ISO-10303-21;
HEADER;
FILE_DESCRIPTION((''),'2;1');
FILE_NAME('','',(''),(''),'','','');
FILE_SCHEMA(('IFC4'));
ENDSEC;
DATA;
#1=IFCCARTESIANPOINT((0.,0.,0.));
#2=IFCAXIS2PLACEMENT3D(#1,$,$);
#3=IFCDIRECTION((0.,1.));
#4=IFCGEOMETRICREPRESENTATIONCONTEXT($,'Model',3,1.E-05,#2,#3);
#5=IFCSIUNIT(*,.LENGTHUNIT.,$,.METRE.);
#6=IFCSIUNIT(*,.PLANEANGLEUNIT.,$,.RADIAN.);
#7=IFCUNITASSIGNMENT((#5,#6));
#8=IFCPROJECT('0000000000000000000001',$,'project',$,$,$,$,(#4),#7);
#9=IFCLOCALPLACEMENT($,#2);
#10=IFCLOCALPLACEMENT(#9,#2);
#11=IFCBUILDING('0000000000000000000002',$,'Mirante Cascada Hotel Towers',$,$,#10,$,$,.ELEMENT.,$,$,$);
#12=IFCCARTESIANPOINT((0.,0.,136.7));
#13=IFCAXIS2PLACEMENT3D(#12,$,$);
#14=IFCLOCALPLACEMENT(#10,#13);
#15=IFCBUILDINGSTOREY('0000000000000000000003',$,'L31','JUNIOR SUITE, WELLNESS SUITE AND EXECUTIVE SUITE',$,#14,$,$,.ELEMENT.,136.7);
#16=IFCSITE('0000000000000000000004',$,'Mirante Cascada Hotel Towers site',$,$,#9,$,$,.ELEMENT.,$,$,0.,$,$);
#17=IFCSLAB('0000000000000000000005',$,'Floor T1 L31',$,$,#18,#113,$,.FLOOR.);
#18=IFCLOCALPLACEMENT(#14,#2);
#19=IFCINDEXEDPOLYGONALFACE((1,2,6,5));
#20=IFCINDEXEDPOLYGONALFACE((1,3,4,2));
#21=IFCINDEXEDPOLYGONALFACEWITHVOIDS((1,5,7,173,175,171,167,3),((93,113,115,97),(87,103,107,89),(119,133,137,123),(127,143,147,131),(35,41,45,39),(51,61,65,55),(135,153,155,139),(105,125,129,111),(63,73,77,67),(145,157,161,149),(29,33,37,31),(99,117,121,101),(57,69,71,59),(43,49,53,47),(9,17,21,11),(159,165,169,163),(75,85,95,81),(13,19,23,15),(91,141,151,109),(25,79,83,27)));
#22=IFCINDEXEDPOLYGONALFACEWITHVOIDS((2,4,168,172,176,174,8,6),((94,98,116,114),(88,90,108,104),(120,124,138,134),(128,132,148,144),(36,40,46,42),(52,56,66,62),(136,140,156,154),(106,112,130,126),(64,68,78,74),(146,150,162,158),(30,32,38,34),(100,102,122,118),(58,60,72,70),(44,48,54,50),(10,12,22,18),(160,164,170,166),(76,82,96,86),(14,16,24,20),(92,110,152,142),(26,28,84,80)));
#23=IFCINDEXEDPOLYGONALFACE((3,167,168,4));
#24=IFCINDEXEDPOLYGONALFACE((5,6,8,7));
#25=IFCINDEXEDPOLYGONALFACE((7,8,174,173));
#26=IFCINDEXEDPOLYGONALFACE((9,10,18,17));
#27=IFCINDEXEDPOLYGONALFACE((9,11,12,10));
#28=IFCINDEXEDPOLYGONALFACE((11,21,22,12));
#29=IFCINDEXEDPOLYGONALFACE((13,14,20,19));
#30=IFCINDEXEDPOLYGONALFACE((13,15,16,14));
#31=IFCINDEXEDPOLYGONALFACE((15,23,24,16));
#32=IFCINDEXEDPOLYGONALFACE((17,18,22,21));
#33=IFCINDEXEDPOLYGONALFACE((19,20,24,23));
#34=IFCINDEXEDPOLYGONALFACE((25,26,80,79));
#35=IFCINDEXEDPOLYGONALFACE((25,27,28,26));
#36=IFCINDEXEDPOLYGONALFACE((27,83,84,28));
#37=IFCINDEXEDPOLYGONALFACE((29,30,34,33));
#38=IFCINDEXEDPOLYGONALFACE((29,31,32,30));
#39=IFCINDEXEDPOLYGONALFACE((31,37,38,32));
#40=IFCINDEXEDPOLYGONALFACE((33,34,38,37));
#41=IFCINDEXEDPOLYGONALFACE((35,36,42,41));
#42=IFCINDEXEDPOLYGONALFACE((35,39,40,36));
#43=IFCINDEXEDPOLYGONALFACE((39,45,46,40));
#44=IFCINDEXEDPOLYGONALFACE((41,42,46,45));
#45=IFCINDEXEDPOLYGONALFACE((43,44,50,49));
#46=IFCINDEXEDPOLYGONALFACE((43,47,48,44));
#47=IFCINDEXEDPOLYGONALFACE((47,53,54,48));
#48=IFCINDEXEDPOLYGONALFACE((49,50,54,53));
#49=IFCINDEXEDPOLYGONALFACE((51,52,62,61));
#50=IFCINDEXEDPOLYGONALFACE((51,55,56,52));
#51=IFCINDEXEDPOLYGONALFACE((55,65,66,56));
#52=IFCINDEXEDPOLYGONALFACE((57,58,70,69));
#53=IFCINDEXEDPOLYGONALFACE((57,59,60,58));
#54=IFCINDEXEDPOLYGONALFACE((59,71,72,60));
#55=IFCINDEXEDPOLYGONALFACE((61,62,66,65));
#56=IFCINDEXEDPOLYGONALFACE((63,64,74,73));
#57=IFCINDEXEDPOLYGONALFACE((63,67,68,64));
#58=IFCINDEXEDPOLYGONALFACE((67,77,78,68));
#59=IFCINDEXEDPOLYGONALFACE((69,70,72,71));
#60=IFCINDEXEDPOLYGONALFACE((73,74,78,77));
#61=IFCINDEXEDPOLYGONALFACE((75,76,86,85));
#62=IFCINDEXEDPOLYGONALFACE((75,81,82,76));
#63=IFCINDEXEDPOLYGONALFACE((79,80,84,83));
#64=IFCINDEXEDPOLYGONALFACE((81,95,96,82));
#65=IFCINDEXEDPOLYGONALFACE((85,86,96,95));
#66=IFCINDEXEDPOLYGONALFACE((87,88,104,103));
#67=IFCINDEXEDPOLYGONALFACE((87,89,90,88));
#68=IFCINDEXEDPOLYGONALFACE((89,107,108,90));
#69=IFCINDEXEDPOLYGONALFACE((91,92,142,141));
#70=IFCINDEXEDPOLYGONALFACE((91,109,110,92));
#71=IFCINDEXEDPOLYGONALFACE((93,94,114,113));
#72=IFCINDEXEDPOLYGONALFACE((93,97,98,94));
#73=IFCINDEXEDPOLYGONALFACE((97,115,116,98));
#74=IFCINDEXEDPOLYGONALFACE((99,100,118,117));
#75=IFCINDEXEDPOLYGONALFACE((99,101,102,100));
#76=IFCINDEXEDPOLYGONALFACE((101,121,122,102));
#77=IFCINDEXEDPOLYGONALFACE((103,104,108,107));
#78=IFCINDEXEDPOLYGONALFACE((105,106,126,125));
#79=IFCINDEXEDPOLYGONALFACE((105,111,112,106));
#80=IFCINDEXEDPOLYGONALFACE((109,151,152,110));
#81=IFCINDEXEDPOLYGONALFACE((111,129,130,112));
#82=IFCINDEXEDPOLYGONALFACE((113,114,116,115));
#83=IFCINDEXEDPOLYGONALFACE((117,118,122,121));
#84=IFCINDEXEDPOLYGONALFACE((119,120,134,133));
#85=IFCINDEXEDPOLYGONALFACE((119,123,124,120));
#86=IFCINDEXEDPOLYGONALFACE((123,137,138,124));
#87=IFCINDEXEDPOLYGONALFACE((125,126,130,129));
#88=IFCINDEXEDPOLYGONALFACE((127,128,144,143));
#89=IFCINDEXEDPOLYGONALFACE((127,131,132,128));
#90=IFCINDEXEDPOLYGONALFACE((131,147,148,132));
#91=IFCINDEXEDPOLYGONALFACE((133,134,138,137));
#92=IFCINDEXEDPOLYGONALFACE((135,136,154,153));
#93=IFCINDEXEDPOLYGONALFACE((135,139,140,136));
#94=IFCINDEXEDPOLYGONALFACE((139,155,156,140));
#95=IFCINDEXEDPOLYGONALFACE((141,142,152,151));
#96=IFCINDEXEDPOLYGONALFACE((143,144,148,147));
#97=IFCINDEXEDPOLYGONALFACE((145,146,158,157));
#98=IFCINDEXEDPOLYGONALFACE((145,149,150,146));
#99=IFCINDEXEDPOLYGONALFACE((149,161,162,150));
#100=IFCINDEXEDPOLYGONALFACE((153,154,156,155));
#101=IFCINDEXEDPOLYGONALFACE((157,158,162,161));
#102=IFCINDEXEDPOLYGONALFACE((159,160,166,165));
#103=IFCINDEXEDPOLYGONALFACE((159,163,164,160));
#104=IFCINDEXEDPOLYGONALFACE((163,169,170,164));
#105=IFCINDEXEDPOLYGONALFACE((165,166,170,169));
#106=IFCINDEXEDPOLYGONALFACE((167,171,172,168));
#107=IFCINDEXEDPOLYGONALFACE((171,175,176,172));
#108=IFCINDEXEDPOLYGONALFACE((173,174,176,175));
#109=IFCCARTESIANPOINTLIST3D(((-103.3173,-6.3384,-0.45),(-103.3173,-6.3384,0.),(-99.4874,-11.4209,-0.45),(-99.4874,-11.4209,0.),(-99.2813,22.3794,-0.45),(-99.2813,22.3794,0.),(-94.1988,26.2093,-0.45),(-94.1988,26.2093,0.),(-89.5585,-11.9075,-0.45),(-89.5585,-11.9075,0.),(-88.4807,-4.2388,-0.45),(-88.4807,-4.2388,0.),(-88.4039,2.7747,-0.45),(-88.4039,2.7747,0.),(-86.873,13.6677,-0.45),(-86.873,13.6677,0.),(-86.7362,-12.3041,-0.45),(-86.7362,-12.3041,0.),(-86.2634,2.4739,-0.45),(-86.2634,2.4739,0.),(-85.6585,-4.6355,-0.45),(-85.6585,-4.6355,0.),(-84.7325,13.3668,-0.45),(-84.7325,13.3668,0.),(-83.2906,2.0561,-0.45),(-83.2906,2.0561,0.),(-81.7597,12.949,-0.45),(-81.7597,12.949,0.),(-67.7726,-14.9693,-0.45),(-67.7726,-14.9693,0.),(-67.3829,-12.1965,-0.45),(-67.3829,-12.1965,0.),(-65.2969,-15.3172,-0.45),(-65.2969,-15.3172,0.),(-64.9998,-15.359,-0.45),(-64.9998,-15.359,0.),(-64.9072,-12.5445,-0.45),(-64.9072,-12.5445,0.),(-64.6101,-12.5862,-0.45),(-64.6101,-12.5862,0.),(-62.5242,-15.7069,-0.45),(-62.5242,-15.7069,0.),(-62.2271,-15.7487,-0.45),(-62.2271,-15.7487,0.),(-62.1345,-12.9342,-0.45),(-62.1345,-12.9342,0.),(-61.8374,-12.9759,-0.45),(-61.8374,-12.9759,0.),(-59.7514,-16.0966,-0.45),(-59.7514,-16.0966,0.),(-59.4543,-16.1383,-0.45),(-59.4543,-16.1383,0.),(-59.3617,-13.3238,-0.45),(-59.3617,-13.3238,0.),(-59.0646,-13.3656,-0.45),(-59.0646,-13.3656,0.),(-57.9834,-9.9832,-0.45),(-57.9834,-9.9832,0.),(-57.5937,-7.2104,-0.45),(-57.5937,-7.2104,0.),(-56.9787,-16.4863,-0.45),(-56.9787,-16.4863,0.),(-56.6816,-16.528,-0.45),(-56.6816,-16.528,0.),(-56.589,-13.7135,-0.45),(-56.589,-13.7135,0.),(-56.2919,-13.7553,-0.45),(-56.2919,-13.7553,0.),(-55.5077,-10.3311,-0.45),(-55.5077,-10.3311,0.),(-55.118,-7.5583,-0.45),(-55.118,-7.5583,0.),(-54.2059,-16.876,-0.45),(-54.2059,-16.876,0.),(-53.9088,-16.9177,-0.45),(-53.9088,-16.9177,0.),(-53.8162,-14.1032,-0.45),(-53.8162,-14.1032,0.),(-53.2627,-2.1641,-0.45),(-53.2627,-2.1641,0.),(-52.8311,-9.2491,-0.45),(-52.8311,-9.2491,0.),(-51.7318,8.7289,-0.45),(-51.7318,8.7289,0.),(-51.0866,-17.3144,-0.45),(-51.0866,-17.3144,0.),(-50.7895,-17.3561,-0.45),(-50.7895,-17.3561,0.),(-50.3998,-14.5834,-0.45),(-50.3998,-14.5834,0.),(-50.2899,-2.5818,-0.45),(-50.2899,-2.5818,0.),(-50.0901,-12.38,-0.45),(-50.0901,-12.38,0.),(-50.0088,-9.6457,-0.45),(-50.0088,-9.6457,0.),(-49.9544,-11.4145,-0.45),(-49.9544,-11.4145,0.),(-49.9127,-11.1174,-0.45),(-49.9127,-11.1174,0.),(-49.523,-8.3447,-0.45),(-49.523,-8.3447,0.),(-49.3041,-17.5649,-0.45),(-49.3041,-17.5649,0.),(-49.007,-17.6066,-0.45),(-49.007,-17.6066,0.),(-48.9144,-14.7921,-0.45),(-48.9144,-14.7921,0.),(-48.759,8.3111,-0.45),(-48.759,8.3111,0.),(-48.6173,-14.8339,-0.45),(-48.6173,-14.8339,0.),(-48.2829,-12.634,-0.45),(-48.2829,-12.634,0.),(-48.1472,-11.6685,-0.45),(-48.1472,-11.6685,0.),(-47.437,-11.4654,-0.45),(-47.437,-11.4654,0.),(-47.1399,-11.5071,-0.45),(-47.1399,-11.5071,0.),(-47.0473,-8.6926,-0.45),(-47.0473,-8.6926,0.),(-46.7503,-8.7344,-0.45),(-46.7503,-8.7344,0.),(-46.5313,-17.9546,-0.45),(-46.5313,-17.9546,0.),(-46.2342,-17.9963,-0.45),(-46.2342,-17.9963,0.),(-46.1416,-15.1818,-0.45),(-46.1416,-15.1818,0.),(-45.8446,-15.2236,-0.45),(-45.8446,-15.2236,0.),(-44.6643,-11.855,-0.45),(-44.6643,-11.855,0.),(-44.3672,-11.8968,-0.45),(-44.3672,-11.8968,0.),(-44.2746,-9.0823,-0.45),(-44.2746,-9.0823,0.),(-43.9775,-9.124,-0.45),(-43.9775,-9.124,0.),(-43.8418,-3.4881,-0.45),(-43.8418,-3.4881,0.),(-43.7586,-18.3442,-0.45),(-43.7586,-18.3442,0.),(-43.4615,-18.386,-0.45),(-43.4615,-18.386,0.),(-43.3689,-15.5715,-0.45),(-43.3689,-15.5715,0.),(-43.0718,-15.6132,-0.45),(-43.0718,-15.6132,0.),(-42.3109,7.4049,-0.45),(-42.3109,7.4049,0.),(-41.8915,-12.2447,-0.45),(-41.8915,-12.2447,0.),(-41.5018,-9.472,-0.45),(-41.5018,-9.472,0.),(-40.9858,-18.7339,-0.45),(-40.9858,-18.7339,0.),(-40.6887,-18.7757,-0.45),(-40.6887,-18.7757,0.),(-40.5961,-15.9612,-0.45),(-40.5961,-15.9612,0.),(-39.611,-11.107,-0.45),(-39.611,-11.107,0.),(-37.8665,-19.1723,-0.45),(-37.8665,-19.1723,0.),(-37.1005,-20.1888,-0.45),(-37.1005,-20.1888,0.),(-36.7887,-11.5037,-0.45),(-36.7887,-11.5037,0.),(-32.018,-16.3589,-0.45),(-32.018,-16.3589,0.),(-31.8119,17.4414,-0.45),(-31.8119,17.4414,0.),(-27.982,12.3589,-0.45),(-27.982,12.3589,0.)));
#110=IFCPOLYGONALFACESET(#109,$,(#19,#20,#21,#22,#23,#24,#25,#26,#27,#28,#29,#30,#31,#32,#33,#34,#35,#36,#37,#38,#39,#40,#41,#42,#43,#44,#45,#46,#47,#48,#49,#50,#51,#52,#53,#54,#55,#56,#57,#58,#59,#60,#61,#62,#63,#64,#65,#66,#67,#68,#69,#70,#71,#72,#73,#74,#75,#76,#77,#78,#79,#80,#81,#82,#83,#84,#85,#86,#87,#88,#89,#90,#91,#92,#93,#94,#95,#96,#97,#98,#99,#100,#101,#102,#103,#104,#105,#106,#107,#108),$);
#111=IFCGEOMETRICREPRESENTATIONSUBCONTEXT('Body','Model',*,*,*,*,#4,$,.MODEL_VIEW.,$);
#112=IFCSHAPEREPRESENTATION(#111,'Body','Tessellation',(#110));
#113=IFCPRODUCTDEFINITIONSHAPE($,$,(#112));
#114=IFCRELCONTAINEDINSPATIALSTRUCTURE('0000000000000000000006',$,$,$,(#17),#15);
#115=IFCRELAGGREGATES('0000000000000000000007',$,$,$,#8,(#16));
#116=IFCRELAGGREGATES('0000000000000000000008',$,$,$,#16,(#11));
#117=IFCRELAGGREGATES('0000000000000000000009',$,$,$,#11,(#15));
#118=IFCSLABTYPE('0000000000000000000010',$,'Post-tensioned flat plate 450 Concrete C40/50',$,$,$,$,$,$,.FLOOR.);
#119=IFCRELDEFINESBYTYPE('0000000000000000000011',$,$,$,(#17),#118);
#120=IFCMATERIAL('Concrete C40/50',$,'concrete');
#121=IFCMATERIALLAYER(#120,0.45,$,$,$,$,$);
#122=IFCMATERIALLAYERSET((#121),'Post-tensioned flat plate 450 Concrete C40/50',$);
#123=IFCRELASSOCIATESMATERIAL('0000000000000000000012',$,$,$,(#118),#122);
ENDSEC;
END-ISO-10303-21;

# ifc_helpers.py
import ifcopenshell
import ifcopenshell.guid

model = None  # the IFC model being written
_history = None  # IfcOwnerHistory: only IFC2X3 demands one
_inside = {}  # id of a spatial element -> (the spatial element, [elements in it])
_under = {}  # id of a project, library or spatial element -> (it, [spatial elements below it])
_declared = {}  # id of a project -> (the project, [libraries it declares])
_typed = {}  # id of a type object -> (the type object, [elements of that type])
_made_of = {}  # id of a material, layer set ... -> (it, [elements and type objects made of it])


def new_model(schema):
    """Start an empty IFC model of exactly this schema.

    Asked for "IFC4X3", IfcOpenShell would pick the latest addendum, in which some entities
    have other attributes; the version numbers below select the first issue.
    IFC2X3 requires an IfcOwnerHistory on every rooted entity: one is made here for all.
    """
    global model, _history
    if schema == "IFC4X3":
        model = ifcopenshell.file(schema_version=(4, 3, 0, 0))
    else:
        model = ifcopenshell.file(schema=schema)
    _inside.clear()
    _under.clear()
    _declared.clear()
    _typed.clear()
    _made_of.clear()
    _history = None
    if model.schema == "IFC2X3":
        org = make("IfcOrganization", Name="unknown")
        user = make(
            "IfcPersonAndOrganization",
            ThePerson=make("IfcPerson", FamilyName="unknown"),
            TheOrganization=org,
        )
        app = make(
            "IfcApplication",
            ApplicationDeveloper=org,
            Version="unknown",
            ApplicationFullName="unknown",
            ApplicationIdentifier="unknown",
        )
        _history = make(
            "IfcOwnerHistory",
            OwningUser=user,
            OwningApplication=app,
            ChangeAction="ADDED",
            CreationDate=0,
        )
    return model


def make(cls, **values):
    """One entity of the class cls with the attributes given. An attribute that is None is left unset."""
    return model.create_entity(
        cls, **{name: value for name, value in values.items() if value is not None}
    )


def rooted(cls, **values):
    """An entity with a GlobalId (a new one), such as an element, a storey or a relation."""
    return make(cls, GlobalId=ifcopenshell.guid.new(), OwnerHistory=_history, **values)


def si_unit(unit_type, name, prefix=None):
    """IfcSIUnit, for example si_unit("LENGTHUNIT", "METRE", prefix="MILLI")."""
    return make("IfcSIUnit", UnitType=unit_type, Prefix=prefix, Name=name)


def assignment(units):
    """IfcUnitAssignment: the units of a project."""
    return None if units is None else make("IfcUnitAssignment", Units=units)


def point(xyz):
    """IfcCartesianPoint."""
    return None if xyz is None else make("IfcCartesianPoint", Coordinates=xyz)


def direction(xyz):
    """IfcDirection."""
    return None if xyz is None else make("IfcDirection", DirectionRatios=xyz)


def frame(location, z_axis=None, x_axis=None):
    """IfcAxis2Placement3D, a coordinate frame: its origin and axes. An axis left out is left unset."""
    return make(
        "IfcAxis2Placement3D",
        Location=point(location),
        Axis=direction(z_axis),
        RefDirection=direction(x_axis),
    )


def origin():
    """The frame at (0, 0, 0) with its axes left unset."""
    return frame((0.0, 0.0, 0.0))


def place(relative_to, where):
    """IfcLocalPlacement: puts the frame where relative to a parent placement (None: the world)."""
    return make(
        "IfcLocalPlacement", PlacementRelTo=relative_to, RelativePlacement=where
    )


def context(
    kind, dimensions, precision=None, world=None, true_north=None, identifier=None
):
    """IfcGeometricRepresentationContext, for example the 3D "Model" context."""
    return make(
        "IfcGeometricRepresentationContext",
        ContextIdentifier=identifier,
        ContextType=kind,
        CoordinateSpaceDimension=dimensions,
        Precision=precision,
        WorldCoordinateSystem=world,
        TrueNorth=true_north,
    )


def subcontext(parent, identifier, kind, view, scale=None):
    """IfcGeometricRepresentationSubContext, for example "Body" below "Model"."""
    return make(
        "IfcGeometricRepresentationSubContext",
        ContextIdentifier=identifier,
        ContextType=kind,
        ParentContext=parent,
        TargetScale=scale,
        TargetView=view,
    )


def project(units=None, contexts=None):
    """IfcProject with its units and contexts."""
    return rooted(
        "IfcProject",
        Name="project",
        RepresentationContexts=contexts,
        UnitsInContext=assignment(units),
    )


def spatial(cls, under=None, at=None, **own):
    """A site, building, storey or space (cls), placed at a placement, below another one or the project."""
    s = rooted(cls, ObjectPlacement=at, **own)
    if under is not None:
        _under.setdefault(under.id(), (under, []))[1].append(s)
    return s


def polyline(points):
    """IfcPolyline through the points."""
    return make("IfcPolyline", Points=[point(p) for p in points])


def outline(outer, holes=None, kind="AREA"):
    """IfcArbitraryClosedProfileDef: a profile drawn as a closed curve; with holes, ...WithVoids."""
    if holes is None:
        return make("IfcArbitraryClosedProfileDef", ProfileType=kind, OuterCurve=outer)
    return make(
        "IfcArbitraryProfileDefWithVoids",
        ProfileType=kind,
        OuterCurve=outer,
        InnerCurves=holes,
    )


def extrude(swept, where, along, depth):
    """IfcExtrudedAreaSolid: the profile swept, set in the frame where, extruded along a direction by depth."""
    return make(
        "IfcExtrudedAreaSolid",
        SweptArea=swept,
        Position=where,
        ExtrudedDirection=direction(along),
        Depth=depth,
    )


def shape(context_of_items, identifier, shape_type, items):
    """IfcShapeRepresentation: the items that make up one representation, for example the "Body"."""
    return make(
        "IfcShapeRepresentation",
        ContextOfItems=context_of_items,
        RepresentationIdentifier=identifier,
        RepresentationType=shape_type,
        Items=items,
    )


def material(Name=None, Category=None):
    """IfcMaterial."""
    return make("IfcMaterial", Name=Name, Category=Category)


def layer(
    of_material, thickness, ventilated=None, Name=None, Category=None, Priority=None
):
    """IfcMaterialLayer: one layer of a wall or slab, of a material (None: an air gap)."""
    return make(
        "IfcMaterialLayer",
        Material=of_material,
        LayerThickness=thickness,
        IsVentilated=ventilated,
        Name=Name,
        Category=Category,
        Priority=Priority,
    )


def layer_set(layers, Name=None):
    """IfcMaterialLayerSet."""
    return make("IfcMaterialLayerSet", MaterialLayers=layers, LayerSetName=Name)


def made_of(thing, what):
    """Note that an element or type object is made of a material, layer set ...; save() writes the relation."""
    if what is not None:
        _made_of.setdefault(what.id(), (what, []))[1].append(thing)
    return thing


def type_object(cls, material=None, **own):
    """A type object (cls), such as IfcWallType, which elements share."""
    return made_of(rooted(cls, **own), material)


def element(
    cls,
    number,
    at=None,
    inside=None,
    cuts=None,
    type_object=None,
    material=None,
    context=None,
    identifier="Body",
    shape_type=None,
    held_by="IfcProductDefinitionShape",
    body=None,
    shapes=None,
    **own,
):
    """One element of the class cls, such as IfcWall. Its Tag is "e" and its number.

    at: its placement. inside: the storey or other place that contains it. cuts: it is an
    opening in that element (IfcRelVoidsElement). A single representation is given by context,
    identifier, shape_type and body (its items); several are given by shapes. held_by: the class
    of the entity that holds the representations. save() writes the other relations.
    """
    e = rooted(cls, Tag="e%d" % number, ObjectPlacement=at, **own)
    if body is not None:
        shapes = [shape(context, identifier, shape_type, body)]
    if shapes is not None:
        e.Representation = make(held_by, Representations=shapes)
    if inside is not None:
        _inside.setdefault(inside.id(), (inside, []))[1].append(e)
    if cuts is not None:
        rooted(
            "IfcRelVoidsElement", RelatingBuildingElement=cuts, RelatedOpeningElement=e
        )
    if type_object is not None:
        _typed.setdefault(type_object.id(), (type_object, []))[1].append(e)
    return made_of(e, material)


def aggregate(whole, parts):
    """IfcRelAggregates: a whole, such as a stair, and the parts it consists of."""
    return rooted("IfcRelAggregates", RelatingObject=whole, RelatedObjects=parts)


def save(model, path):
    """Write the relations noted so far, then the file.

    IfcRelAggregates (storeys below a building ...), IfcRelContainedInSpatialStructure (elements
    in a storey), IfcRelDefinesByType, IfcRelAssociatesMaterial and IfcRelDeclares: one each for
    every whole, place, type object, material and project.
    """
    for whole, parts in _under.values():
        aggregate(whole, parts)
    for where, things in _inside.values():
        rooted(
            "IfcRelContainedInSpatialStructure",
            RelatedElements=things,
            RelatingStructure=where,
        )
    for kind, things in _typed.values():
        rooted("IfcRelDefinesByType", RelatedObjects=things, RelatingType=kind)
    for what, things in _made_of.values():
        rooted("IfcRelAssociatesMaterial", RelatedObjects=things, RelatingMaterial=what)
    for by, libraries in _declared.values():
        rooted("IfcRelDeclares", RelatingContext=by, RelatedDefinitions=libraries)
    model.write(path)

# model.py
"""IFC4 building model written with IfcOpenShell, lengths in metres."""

from ifc_helpers import new_model, si_unit, direction, frame, origin, place, context, subcontext, project, spatial, polyline, outline, extrude, material, layer, layer_set, type_object, element, save


model = new_model("IFC4")

# Units and contexts
model_context = context("Model", 3, precision=1e-05, world=origin(), true_north=direction((0.0, 1.0)))
body_context = subcontext(model_context, "Body", "Model", "MODEL_VIEW")
ifc_project = project(units=[si_unit("LENGTHUNIT", "METRE"), si_unit("PLANEANGLEUNIT", "RADIAN")], contexts=[model_context])

# Site, building, storey
site_placement = place(None, origin())
site = spatial("IfcSite", under=ifc_project, at=site_placement, Name="Mirante Cascada Hotel Towers site", CompositionType="ELEMENT", RefElevation=0.0)
building_placement = place(site_placement, origin())
building = spatial("IfcBuilding", under=site, at=building_placement, Name="Mirante Cascada Hotel Towers", CompositionType="ELEMENT")
storey_placement = place(building_placement, frame((0.0, 0.0, 136.7)))
storey = spatial("IfcBuildingStorey", under=building, at=storey_placement, Name="L31", Description="JUNIOR SUITE, WELLNESS SUITE AND EXECUTIVE SUITE", CompositionType="ELEMENT", Elevation=136.7)

# Slab
ifc_material_1 = material(Name="Concrete C40/50", Category="concrete")
ifc_layer_1 = layer(ifc_material_1, 0.45)
ifc_layer_set_1 = layer_set([ifc_layer_1], Name="Post-tensioned flat plate 450 Concrete C40/50")
slab_type = type_object("IfcSlabType", Name="Post-tensioned flat plate 450 Concrete C40/50", PredefinedType="FLOOR", material=ifc_layer_set_1)
slab_1_placement = place(storey_placement, frame((0.0, 0.0, -0.45)))
element("IfcSlab", 1, at=slab_1_placement, inside=storey, type_object=slab_type, Name="Floor T1 L31", PredefinedType="FLOOR", context=body_context, shape_type="SweptSolid", body=[
    extrude(outline(polyline([(-32.018, -16.3589), (-27.982, 12.3589), (-31.8119, 17.4414), (-94.1988, 26.2093), (-99.2813, 22.3794), (-103.3173, -6.3384), (-99.4874, -11.4209), (-37.1005, -20.1888), (-32.018, -16.3589)]), holes=[polyline([(-43.0718, -15.6132), (-40.5961, -15.9612), (-40.9858, -18.7339), (-43.4615, -18.386), (-43.0718, -15.6132)]), polyline([(-45.8446, -15.2236), (-43.3689, -15.5715), (-43.7586, -18.3442), (-46.2342, -17.9963), (-45.8446, -15.2236)]), polyline([(-48.6173, -14.8339), (-46.1416, -15.1818), (-46.5313, -17.9546), (-49.007, -17.6066), (-48.6173, -14.8339)]), polyline([(-50.3998, -14.5834), (-48.9144, -14.7921), (-49.3041, -17.5649), (-50.7895, -17.3561), (-50.3998, -14.5834)]), polyline([(-36.7887, -11.5037), (-37.8665, -19.1723), (-40.6887, -18.7757), (-39.611, -11.107), (-36.7887, -11.5037)]), polyline([(-49.9544, -11.4145), (-48.1472, -11.6685), (-48.2829, -12.634), (-50.0901, -12.38), (-49.9544, -11.4145)]), polyline([(-43.9775, -9.124), (-41.5018, -9.472), (-41.8915, -12.2447), (-44.3672, -11.8968), (-43.9775, -9.124)]), polyline([(-47.1399, -11.5071), (-46.7503, -8.7344), (-44.2746, -9.0823), (-44.6643, -11.855), (-47.1399, -11.5071)]), polyline([(-49.9127, -11.1174), (-49.523, -8.3447), (-47.0473, -8.6926), (-47.437, -11.4654), (-49.9127, -11.1174)]), polyline([(-56.2919, -13.7553), (-53.8162, -14.1032), (-54.2059, -16.876), (-56.6816, -16.528), (-56.2919, -13.7553)]), polyline([(-59.0646, -13.3656), (-56.589, -13.7135), (-56.9787, -16.4863), (-59.4543, -16.1383), (-59.0646, -13.3656)]), polyline([(-61.8374, -12.9759), (-59.3617, -13.3238), (-59.7514, -16.0966), (-62.2271, -15.7487), (-61.8374, -12.9759)]), polyline([(-64.6101, -12.5862), (-62.1345, -12.9342), (-62.5242, -15.7069), (-64.9998, -15.359), (-64.6101, -12.5862)]), polyline([(-67.3829, -12.1965), (-64.9072, -12.5445), (-65.2969, -15.3172), (-67.7726, -14.9693), (-67.3829, -12.1965)]), polyline([(-50.0088, -9.6457), (-51.0866, -17.3144), (-53.9088, -16.9177), (-52.8311, -9.2491), (-50.0088, -9.6457)]), polyline([(-85.6585, -4.6355), (-86.7362, -12.3041), (-89.5585, -11.9075), (-88.4807, -4.2388), (-85.6585, -4.6355)]), polyline([(-57.9834, -9.9832), (-57.5937, -7.2104), (-55.118, -7.5583), (-55.5077, -10.3311), (-57.9834, -9.9832)]), polyline([(-86.873, 13.6677), (-84.7325, 13.3668), (-84.7325, 13.3668), (-86.2634, 2.4739), (-86.2634, 2.4739), (-88.4039, 2.7747), (-86.873, 13.6677)]), polyline([(-51.7318, 8.7289), (-53.2627, -2.1641), (-53.2627, -2.1641), (-83.2906, 2.0561), (-83.2906, 2.0561), (-81.7597, 12.949), (-81.7597, 12.949), (-51.7318, 8.7289)]), polyline([(-42.3109, 7.4049), (-43.8418, -3.4881), (-50.2899, -2.5818), (-50.2899, -2.5818), (-48.759, 8.3111), (-42.3109, 7.4049)])]), origin(), (0.0, 0.0, 1.0), 0.45),
])

save(model, "model.ifc")
